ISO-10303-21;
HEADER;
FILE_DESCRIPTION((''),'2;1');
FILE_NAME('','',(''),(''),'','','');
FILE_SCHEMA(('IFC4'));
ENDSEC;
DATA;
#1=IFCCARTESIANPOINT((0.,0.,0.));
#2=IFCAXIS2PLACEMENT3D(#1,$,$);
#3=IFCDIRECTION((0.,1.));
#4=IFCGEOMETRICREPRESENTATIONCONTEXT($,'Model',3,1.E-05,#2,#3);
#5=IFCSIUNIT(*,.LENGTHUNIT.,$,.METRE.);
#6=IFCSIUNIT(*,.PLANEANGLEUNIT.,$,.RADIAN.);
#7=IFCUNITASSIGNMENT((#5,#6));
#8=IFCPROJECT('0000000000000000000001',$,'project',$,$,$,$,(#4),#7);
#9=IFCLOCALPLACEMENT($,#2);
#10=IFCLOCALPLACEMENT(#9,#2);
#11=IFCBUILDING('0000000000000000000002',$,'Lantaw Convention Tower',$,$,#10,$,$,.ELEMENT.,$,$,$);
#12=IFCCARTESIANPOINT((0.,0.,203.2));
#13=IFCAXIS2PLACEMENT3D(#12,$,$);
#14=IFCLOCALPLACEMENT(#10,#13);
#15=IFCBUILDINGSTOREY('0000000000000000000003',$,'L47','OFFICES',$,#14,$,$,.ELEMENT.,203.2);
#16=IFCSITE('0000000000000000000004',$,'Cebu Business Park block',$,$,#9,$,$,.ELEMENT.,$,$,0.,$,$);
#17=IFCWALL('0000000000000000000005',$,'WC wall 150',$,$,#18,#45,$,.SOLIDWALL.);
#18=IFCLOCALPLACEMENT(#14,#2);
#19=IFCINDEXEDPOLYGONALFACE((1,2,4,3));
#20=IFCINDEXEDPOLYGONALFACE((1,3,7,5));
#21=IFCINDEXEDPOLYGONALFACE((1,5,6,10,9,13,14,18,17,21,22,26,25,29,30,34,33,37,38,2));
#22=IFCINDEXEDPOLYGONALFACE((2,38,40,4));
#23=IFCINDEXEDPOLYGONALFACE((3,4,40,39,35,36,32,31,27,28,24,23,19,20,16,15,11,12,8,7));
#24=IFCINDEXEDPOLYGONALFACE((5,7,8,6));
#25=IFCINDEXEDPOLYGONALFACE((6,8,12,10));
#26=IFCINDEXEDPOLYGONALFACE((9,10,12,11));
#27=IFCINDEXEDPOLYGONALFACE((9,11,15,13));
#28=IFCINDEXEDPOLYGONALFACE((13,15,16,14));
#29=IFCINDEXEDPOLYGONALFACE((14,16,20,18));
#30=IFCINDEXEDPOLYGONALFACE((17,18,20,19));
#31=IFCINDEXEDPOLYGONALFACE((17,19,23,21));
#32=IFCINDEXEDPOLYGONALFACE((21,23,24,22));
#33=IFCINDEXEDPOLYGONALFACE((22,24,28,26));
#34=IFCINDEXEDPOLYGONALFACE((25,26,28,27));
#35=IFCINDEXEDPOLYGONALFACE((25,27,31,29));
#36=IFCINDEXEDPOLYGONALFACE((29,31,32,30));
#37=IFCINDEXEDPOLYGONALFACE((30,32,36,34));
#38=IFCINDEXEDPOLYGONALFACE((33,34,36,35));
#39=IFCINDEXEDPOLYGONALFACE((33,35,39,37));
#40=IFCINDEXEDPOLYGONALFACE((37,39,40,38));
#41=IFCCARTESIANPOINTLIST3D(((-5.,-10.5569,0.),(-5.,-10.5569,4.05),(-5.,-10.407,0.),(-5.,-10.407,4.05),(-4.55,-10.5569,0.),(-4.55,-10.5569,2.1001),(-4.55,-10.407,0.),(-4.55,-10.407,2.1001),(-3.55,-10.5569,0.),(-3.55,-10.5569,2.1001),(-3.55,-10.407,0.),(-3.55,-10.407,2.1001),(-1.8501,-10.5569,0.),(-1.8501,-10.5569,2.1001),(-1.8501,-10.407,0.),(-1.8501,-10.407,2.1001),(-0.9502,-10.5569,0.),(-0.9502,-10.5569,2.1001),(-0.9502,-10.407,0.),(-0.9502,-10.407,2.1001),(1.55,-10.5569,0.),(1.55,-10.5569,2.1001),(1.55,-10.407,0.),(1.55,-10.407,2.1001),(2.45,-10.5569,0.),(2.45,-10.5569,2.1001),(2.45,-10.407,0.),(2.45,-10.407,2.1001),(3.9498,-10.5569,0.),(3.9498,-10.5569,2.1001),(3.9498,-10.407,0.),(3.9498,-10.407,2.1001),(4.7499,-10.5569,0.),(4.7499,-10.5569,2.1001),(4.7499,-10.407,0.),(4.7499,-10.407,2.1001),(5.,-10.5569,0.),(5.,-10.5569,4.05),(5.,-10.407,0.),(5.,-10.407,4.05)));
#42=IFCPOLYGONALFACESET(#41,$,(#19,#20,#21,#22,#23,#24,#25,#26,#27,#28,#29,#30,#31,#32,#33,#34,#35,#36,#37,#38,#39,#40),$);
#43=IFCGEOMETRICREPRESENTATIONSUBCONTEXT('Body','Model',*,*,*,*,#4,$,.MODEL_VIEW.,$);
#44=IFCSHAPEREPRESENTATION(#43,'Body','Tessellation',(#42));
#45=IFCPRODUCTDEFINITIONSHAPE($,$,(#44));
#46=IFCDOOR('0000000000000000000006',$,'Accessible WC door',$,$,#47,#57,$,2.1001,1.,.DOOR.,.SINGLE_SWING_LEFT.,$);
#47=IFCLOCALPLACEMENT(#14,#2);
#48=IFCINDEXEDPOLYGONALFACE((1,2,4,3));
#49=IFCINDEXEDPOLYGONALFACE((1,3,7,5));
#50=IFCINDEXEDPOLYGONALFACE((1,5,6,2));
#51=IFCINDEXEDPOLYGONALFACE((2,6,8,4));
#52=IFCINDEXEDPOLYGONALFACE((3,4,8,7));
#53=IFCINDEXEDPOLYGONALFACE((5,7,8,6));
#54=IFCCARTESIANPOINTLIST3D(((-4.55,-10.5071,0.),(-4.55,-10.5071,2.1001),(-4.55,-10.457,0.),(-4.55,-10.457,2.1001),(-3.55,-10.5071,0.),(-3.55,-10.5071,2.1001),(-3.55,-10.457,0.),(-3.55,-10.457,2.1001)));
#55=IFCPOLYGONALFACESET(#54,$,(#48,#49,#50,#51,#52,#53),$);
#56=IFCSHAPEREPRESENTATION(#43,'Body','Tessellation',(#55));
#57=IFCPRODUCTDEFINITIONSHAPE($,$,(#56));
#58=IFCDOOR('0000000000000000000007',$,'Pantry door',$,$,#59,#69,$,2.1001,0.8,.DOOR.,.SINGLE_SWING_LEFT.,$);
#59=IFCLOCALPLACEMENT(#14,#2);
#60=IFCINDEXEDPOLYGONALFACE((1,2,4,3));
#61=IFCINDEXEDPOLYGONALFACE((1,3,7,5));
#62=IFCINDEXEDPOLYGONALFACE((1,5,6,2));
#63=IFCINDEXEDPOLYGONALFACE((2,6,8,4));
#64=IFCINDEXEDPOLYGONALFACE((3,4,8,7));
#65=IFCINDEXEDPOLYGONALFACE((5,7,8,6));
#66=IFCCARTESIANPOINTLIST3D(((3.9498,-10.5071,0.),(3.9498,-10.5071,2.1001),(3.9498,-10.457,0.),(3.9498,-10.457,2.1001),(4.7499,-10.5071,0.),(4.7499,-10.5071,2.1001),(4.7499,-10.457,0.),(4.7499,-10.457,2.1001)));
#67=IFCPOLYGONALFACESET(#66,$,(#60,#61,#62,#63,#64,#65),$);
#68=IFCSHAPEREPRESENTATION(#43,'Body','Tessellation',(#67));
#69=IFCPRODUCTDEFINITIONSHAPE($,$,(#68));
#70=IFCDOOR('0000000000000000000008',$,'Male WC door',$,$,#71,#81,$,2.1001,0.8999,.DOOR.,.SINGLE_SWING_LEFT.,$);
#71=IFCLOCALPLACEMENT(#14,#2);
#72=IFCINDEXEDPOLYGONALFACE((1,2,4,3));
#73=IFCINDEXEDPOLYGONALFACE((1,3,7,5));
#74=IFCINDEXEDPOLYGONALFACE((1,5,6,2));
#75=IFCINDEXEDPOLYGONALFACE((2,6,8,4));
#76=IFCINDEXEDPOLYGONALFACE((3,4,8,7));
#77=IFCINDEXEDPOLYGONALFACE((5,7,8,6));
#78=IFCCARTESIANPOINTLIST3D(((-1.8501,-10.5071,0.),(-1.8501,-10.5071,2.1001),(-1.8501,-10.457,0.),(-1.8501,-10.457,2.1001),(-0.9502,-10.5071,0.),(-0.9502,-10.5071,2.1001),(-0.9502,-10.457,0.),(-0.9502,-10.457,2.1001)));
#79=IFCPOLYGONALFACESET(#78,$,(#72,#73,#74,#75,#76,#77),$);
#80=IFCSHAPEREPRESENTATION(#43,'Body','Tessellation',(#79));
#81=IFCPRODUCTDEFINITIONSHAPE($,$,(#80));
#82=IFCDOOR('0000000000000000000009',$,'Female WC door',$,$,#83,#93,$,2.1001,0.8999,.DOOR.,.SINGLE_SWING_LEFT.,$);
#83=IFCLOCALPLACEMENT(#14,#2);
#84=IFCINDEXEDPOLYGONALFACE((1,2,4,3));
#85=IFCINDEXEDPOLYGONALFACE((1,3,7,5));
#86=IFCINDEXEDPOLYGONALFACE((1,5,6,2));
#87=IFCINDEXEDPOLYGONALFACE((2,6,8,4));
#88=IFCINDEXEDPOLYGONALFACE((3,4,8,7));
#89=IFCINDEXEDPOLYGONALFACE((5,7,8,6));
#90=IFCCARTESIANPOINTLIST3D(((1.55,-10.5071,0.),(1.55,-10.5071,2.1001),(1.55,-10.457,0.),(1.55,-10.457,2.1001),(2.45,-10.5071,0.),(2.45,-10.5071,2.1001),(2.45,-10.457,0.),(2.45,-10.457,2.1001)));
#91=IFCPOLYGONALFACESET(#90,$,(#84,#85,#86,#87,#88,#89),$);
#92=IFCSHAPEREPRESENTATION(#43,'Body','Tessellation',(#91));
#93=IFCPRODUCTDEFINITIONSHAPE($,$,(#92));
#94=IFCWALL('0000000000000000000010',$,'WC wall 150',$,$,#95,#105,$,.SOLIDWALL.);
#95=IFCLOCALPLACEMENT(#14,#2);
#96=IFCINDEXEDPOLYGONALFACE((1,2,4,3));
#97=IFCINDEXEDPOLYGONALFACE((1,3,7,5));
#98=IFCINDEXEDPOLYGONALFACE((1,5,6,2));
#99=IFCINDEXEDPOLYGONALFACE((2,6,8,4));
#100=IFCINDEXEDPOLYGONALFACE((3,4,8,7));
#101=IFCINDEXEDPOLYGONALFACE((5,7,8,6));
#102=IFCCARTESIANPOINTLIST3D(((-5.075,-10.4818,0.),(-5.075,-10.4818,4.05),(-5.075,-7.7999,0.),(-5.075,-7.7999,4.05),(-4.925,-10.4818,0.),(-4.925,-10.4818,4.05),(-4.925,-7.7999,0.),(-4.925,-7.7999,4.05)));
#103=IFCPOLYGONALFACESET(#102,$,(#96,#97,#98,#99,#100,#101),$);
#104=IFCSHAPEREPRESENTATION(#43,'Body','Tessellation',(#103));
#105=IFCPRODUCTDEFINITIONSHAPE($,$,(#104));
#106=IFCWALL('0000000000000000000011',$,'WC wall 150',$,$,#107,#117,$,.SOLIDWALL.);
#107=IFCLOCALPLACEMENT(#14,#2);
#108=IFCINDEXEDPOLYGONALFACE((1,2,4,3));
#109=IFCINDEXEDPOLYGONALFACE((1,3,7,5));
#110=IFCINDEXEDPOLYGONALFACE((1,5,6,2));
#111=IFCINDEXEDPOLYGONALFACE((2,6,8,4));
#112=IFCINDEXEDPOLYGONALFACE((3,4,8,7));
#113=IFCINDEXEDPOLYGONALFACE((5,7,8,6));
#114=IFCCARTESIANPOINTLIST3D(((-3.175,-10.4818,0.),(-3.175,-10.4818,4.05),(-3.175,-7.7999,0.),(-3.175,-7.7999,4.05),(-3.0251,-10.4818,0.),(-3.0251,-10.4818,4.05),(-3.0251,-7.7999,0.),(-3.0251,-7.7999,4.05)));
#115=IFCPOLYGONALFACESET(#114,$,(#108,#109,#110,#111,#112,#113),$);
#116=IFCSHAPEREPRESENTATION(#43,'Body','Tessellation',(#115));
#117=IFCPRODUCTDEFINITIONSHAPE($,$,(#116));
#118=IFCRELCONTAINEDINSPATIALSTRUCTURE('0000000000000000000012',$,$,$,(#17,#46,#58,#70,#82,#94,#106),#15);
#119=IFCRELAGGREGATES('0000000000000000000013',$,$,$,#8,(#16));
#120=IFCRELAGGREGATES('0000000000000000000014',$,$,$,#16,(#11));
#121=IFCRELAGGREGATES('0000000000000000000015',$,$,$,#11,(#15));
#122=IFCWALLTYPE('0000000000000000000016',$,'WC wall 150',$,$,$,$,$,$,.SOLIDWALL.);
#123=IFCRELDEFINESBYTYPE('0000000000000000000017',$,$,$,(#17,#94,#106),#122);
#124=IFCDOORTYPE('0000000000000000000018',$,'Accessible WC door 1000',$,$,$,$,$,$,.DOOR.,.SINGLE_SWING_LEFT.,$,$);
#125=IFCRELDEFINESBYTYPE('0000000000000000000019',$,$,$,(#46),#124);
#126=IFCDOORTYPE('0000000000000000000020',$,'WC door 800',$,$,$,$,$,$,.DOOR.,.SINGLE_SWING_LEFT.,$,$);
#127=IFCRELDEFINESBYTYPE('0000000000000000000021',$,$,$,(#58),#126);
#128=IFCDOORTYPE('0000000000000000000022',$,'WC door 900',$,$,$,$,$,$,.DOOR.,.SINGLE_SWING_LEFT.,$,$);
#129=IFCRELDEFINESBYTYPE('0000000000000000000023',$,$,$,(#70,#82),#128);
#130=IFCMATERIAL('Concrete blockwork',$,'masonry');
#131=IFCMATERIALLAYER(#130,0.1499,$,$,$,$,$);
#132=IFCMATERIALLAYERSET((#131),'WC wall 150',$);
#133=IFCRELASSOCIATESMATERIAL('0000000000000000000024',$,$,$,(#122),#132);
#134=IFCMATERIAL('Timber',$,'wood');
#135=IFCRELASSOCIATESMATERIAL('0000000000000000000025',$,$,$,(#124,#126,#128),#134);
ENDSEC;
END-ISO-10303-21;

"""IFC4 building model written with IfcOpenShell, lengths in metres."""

from ifc_helpers import new_model, si_unit, direction, frame, frame_2d, origin, place, context, subcontext, project, spatial, rectangle, extrude, material, layer, layer_set, type_object, element, fill, save


model = new_model("IFC4")

# Units and contexts
model_context = context("Model", 3, precision=1e-05, world=origin(), true_north=direction((0.0, 1.0)))
body_context = subcontext(model_context, "Body", "Model", "MODEL_VIEW")
ifc_project = project(units=[si_unit("LENGTHUNIT", "METRE"), si_unit("PLANEANGLEUNIT", "RADIAN")], contexts=[model_context])

# Site, building, storey
site_placement = place(None, origin())
site = spatial("IfcSite", under=ifc_project, at=site_placement, Name="Cebu Business Park block", CompositionType="ELEMENT", RefElevation=0.0)
building_placement = place(site_placement, origin())
building = spatial("IfcBuilding", under=site, at=building_placement, Name="Lantaw Convention Tower", CompositionType="ELEMENT")
storey_placement = place(building_placement, frame((0.0, 0.0, 203.2)))
storey = spatial("IfcBuildingStorey", under=building, at=storey_placement, Name="L47", Description="OFFICES", CompositionType="ELEMENT", Elevation=203.2)

# Shared definitions
ifc_material_1 = material(Name="Timber", Category="wood")

# Wall, openings, doors
ifc_material_2 = material(Name="Concrete blockwork", Category="masonry")
ifc_layer_1 = layer(ifc_material_2, 0.1499)
ifc_layer_set_1 = layer_set([ifc_layer_1], Name="WC wall 150")
wall_type_1 = type_object("IfcWallType", Name="WC wall 150", PredefinedType="SOLIDWALL", material=ifc_layer_set_1)
wall_1_placement = place(storey_placement, frame((-5.0, -10.4819, 0.0), z_axis=(0.0, 0.0, 1.0), x_axis=(1.0, 0.0, 0.0)))
wall_1 = element("IfcWall", 1, at=wall_1_placement, inside=storey, type_object=wall_type_1, Name="WC wall 150", PredefinedType="SOLIDWALL", context=body_context, shape_type="SweptSolid", body=[
    extrude(rectangle(XDim=10.0, YDim=0.1499, at=frame_2d((5.0, 0.0))), origin(), (0.0, 0.0, 1.0), 4.05),
])
opening_1_placement = place(wall_1_placement, frame((0.45, 0.0, 0.0)))
opening_1 = element("IfcOpeningElement", 2, at=opening_1_placement, cuts=wall_1, PredefinedType="OPENING", context=body_context, shape_type="SweptSolid", body=[
    extrude(rectangle(XDim=1.0, YDim=2.1001, at=frame_2d((0.5, 1.05))), frame((0.0, 0.085, 0.0), z_axis=(0.0, -1.0, 0.0), x_axis=(1.0, 0.0, 0.0)), (0.0, 0.0, 1.0), 0.1699),
])
opening_2_placement = place(wall_1_placement, frame((3.1499, 0.0, 0.0)))
opening_2 = element("IfcOpeningElement", 3, at=opening_2_placement, cuts=wall_1, PredefinedType="OPENING", context=body_context, shape_type="SweptSolid", body=[
    extrude(rectangle(XDim=0.8999, YDim=2.1001, at=frame_2d((0.45, 1.05))), frame((0.0, 0.085, 0.0), z_axis=(0.0, -1.0, 0.0), x_axis=(1.0, 0.0, 0.0)), (0.0, 0.0, 1.0), 0.1699),
])
opening_3_placement = place(wall_1_placement, frame((6.55, 0.0, 0.0)))
opening_3 = element("IfcOpeningElement", 4, at=opening_3_placement, cuts=wall_1, PredefinedType="OPENING", context=body_context, shape_type="SweptSolid", body=[
    extrude(rectangle(XDim=0.8999, YDim=2.1001, at=frame_2d((0.45, 1.05))), frame((0.0, 0.085, 0.0), z_axis=(0.0, -1.0, 0.0), x_axis=(1.0, 0.0, 0.0)), (0.0, 0.0, 1.0), 0.1699),
])
opening_4_placement = place(wall_1_placement, frame((8.95, 0.0, 0.0)))
opening_4 = element("IfcOpeningElement", 5, at=opening_4_placement, cuts=wall_1, PredefinedType="OPENING", context=body_context, shape_type="SweptSolid", body=[
    extrude(rectangle(XDim=0.8, YDim=2.1001, at=frame_2d((0.3999, 1.05))), frame((0.0, 0.085, 0.0), z_axis=(0.0, -1.0, 0.0), x_axis=(1.0, 0.0, 0.0)), (0.0, 0.0, 1.0), 0.1699),
])
door_type_1 = type_object("IfcDoorType", Name="Accessible WC door 1000", OperationType="SINGLE_SWING_LEFT", PredefinedType="DOOR", material=ifc_material_1)
door_1_placement = place(opening_1_placement, origin())
door_1 = element("IfcDoor", 6, at=door_1_placement, inside=storey, type_object=door_type_1, Name="Accessible WC door", OperationType="SINGLE_SWING_LEFT", OverallHeight=2.1001, OverallWidth=1.0, PredefinedType="DOOR", context=body_context, shape_type="SweptSolid", body=[
    extrude(rectangle(XDim=1.0, YDim=2.1001, at=frame_2d((0.5, 1.05))), frame((0.0, 0.0249, 0.0), z_axis=(0.0, -1.0, 0.0), x_axis=(1.0, 0.0, 0.0)), (0.0, 0.0, 1.0), 0.05),
])
fill(opening_1, door_1)
door_type_2 = type_object("IfcDoorType", Name="WC door 800", OperationType="SINGLE_SWING_LEFT", PredefinedType="DOOR", material=ifc_material_1)
door_2_placement = place(opening_4_placement, origin())
door_2 = element("IfcDoor", 7, at=door_2_placement, inside=storey, type_object=door_type_2, Name="Pantry door", OperationType="SINGLE_SWING_LEFT", OverallHeight=2.1001, OverallWidth=0.8, PredefinedType="DOOR", context=body_context, shape_type="SweptSolid", body=[
    extrude(rectangle(XDim=0.8, YDim=2.1001, at=frame_2d((0.3999, 1.05))), frame((0.0, 0.0249, 0.0), z_axis=(0.0, -1.0, 0.0), x_axis=(1.0, 0.0, 0.0)), (0.0, 0.0, 1.0), 0.05),
])
fill(opening_4, door_2)
door_type_3 = type_object("IfcDoorType", Name="WC door 900", OperationType="SINGLE_SWING_LEFT", PredefinedType="DOOR", material=ifc_material_1)
door_3_placement = place(opening_2_placement, origin())
door_3 = element("IfcDoor", 8, at=door_3_placement, inside=storey, type_object=door_type_3, Name="Male WC door", OperationType="SINGLE_SWING_LEFT", OverallHeight=2.1001, OverallWidth=0.8999, PredefinedType="DOOR", context=body_context, shape_type="SweptSolid", body=[
    extrude(rectangle(XDim=0.8999, YDim=2.1001, at=frame_2d((0.45, 1.05))), frame((0.0, 0.0249, 0.0), z_axis=(0.0, -1.0, 0.0), x_axis=(1.0, 0.0, 0.0)), (0.0, 0.0, 1.0), 0.05),
])
fill(opening_2, door_3)
door_4_placement = place(opening_3_placement, origin())
door_4 = element("IfcDoor", 9, at=door_4_placement, inside=storey, type_object=door_type_3, Name="Female WC door", OperationType="SINGLE_SWING_LEFT", OverallHeight=2.1001, OverallWidth=0.8999, PredefinedType="DOOR", context=body_context, shape_type="SweptSolid", body=[
    extrude(rectangle(XDim=0.8999, YDim=2.1001, at=frame_2d((0.45, 1.05))), frame((0.0, 0.0249, 0.0), z_axis=(0.0, -1.0, 0.0), x_axis=(1.0, 0.0, 0.0)), (0.0, 0.0, 1.0), 0.05),
])
fill(opening_3, door_4)

# Walls
for number, where, z_axis, x_axis, name in (
    (10, (-5.0, -7.8, 0.0), (0.0, 0.0, 1.0), (0.0, -1.0, 0.0), "WC wall 150"),
    (11, (-3.1001, -7.8, 0.0), (0.0, 0.0, 1.0), (0.0, -1.0, 0.0), "WC wall 150"),
):
    element("IfcWall", number, at=place(storey_placement, frame(where, z_axis=z_axis, x_axis=x_axis)), inside=storey, type_object=wall_type_1, Name=name, PredefinedType="SOLIDWALL", context=body_context, shape_type="SweptSolid", body=[
        extrude(rectangle(XDim=2.6819, YDim=0.1499, at=frame_2d((1.3408, 0.0))), origin(), (0.0, 0.0, 1.0), 4.05),
    ])

save(model, "model.ifc")
